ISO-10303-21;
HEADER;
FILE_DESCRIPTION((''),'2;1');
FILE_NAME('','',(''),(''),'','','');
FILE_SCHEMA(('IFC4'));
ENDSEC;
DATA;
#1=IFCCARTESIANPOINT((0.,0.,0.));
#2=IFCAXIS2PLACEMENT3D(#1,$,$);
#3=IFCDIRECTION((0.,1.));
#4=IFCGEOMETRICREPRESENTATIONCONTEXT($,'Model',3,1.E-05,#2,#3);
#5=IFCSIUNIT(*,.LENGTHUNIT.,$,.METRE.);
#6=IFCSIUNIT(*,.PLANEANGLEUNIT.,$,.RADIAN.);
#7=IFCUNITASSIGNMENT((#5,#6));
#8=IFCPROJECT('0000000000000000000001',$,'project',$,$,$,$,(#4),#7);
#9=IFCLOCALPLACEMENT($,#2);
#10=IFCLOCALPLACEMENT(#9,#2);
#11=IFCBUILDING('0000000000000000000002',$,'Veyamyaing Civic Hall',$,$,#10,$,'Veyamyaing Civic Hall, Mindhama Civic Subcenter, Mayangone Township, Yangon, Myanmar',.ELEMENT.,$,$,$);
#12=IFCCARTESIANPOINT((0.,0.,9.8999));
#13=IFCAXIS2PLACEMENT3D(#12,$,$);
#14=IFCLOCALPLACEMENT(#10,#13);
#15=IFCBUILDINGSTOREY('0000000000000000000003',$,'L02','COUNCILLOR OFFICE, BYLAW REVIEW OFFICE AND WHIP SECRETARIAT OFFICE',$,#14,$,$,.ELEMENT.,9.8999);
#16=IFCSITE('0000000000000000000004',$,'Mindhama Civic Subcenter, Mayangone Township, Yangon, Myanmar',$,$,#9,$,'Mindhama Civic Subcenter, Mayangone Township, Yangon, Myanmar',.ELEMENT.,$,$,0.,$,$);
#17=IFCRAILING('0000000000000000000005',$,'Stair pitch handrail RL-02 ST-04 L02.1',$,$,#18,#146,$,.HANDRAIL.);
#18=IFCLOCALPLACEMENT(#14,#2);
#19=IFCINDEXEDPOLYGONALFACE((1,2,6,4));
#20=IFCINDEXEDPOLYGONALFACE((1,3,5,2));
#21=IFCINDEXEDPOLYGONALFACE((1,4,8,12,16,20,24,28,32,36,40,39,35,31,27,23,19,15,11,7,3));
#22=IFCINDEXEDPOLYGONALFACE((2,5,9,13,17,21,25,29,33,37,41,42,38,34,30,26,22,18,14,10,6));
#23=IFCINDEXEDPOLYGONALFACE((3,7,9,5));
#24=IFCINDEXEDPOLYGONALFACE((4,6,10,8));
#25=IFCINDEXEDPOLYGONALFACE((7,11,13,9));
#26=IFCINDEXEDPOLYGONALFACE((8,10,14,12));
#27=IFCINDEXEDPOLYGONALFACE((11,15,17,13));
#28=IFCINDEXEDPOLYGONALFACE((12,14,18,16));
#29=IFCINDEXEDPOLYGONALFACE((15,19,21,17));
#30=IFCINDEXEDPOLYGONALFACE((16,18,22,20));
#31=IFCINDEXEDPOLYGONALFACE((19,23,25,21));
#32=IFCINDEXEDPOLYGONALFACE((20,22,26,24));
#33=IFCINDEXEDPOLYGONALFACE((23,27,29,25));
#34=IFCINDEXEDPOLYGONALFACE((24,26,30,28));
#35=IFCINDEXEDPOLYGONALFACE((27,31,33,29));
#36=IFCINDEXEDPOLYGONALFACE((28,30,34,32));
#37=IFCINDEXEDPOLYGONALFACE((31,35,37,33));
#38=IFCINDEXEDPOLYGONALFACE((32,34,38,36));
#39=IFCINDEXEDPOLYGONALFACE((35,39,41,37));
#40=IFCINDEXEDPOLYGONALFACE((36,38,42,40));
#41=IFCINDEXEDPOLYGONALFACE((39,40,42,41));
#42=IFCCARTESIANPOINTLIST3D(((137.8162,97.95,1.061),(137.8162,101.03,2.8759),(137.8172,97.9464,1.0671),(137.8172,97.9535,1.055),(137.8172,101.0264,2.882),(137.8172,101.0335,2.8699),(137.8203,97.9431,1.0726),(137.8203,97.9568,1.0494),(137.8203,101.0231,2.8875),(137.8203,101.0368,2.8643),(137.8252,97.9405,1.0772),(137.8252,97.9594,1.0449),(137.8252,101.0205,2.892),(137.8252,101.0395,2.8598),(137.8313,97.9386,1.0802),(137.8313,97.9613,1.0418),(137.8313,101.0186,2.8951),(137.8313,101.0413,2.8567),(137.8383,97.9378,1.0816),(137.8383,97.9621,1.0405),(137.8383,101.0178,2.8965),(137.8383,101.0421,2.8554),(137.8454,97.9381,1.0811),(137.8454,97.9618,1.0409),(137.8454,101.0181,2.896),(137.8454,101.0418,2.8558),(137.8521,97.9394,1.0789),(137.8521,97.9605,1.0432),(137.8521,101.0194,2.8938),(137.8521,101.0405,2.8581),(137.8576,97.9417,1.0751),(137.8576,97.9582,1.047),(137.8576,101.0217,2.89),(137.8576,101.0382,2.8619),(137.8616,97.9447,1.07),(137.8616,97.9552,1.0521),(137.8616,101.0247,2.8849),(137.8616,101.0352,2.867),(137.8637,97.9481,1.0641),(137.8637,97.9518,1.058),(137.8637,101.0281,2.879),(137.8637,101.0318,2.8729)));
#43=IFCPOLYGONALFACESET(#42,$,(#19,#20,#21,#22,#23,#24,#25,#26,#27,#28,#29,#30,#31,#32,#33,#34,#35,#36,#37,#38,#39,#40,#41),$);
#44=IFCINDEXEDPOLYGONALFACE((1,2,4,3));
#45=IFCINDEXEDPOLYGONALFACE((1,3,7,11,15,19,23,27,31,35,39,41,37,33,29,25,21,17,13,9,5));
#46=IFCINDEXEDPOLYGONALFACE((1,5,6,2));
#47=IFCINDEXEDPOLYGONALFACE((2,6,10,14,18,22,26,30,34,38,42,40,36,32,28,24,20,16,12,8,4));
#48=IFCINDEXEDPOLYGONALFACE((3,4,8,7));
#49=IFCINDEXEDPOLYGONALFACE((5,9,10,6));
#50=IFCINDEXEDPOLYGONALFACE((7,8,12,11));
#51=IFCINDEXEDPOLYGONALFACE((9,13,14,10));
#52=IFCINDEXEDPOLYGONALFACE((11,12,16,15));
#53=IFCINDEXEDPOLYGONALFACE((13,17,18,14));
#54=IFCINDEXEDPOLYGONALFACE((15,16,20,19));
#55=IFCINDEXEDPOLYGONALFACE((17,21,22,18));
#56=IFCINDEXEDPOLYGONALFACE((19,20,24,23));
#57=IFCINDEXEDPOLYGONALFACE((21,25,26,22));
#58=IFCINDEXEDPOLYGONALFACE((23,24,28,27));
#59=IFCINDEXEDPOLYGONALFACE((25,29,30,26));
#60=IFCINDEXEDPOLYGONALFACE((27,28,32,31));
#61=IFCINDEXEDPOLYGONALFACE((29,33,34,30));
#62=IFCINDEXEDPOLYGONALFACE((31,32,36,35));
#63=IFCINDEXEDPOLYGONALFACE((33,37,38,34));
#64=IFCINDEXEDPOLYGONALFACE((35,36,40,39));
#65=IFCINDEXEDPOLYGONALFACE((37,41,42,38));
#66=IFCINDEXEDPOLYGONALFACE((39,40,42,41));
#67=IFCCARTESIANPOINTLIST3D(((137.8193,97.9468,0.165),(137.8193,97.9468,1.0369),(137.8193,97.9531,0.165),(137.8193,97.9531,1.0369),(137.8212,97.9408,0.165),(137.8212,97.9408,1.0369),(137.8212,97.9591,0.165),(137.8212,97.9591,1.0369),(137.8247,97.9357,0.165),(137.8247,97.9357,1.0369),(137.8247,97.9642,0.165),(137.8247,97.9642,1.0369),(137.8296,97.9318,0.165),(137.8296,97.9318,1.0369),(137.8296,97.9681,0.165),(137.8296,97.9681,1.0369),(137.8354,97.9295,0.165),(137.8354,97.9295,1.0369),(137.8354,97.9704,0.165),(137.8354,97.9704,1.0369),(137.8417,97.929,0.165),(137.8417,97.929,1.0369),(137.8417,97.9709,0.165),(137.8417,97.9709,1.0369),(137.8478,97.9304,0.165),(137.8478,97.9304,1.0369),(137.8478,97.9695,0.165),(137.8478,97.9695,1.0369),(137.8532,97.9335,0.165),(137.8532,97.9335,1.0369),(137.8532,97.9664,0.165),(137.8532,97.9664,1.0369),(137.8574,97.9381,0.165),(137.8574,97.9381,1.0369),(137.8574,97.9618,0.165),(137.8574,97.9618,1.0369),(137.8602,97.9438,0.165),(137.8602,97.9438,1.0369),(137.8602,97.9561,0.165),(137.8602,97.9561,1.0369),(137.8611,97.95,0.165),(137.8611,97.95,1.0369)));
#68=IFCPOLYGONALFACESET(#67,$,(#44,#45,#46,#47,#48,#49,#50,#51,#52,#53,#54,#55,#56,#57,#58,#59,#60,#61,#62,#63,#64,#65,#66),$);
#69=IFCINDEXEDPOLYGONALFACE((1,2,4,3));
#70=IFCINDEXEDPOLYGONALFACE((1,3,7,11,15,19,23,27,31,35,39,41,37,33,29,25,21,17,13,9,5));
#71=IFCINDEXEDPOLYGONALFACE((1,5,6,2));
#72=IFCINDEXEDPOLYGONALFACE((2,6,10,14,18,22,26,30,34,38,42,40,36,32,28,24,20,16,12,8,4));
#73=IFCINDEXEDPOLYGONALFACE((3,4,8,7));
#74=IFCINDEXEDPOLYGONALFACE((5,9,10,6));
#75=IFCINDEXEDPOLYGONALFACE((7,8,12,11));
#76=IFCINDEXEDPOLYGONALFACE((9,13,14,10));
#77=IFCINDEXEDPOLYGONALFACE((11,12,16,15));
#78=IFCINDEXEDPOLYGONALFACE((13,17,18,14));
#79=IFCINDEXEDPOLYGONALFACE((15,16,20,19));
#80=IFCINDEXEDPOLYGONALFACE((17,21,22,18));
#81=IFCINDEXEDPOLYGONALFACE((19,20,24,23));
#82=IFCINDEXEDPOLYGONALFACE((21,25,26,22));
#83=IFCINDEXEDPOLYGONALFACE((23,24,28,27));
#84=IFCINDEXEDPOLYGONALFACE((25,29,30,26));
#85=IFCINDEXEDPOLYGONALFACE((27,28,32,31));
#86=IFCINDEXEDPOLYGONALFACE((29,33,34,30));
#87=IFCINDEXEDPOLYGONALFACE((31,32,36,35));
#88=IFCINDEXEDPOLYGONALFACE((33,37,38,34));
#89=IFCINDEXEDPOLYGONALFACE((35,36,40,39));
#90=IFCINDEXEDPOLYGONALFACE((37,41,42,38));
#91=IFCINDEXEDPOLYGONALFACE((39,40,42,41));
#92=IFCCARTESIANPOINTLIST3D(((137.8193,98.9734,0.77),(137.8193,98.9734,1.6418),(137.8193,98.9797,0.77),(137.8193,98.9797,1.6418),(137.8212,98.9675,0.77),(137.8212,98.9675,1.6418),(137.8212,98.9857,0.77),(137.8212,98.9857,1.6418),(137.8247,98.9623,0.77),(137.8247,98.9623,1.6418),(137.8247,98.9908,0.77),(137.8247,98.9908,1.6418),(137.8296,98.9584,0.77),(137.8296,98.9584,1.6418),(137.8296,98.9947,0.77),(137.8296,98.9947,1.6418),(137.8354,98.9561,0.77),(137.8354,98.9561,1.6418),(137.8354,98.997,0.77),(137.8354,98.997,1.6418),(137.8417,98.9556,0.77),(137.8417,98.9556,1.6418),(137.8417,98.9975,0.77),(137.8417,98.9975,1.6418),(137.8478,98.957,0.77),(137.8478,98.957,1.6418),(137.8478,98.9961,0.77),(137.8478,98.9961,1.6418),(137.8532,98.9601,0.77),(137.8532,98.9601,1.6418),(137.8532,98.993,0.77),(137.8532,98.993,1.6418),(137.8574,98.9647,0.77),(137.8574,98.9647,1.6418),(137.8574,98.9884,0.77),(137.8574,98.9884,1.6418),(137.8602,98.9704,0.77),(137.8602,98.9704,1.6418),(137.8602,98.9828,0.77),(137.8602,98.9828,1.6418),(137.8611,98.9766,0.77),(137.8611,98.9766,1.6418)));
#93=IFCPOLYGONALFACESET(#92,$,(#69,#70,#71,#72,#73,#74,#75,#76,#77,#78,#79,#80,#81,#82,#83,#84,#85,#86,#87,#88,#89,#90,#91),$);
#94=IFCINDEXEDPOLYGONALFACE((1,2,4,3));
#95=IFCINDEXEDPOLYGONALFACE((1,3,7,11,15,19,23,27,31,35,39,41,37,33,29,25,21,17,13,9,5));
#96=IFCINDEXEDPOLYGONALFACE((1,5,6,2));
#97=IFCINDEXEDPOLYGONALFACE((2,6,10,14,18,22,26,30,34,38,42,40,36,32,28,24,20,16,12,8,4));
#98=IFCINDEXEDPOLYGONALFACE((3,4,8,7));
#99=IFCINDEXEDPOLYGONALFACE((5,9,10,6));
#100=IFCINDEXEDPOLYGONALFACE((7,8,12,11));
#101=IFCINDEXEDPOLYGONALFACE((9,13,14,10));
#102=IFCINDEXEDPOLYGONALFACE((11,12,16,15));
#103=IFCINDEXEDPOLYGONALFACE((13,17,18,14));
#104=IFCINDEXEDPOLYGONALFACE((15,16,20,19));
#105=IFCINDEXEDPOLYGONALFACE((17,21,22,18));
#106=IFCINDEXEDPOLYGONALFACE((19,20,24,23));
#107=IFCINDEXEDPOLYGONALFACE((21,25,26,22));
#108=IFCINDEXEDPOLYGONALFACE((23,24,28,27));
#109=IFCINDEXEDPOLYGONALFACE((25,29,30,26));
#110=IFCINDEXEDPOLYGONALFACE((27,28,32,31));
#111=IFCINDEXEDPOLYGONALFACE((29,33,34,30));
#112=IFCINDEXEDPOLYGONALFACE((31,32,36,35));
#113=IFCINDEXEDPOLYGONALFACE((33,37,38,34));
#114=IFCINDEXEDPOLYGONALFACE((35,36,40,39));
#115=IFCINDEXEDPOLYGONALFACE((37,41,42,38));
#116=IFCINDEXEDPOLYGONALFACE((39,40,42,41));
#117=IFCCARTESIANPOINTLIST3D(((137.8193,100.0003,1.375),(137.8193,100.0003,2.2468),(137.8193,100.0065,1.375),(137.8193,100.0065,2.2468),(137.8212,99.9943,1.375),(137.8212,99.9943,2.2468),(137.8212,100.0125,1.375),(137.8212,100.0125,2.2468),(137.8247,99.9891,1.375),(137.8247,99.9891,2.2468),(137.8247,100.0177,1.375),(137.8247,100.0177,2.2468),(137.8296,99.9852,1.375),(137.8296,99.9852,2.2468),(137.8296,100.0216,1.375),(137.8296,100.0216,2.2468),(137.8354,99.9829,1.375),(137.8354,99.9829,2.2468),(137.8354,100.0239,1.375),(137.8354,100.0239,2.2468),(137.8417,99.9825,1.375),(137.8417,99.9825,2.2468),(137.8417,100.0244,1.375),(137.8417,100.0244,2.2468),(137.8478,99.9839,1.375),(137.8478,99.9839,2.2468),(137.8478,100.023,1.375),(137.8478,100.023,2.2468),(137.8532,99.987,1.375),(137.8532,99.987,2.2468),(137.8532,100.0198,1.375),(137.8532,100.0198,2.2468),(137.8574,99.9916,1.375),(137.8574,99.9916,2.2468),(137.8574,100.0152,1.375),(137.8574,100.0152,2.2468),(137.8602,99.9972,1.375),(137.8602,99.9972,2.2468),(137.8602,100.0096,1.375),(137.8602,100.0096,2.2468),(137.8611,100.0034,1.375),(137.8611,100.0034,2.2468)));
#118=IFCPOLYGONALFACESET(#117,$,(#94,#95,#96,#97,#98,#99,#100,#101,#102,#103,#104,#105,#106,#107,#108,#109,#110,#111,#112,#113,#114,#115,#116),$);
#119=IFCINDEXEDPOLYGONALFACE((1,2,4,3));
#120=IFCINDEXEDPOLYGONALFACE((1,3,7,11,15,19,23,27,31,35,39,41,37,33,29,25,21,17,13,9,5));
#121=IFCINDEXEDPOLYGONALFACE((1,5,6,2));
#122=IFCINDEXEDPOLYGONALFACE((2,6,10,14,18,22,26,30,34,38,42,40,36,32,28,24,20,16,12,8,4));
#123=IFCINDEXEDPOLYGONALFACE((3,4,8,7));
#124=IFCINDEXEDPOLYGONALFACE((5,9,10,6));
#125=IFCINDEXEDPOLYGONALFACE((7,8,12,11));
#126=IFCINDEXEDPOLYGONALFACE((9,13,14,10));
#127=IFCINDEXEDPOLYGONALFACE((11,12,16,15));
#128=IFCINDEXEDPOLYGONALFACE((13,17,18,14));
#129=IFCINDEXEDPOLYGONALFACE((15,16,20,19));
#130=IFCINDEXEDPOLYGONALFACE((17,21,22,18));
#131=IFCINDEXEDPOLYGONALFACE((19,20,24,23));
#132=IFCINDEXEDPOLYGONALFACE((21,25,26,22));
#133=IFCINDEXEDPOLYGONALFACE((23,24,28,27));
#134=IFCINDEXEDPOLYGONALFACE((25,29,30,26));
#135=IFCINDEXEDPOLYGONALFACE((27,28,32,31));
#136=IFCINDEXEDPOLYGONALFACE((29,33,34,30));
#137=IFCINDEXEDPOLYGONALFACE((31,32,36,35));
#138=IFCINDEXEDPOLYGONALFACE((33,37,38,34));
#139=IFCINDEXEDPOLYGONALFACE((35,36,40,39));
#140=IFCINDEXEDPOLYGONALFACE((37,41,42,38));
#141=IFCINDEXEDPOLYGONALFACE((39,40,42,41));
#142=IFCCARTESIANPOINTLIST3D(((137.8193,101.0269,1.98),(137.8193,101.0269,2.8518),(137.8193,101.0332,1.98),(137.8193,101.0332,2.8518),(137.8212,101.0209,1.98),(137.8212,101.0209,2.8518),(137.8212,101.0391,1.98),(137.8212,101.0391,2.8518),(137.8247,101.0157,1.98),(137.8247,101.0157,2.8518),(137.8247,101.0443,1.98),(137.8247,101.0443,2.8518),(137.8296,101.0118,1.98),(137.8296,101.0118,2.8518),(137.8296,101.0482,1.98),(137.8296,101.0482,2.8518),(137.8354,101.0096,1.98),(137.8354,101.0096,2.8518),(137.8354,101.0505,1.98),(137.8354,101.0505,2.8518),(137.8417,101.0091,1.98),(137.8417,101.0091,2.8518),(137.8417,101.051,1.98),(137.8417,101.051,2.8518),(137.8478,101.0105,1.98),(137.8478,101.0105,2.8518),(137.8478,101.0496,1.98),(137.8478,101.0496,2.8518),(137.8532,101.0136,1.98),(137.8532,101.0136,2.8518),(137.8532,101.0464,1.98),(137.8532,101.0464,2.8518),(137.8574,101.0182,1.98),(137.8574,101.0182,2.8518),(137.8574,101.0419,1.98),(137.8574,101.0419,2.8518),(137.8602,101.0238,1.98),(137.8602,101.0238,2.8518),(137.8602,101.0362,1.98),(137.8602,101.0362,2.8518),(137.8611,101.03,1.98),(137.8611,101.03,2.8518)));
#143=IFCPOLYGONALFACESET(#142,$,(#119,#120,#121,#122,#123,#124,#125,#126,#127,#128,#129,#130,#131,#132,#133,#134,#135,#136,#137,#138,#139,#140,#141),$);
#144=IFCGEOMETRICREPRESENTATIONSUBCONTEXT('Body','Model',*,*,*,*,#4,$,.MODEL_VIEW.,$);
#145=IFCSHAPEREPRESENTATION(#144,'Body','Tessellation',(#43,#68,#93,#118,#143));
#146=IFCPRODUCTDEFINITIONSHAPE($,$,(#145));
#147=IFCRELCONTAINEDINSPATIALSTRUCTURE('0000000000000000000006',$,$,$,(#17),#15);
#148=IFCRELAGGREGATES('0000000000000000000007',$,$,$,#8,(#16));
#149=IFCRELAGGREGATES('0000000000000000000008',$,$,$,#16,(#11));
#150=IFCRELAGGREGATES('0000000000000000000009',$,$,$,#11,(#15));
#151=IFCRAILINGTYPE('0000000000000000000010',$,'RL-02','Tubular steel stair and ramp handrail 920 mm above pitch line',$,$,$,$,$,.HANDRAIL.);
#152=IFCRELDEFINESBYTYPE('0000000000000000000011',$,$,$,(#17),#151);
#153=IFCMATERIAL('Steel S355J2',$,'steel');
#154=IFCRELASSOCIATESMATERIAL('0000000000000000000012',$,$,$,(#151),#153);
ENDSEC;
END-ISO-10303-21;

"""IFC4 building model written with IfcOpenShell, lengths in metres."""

from ifc_helpers import new_model, si_unit, direction, frame, origin, origin_2d, place, context, subcontext, project, spatial, circle, extrude, material, type_object, element, save


model = new_model("IFC4")

# Units and contexts
model_context = context("Model", 3, precision=1e-05, world=origin(), true_north=direction((0.0, 1.0)))
body_context = subcontext(model_context, "Body", "Model", "MODEL_VIEW")
ifc_project = project(units=[si_unit("LENGTHUNIT", "METRE"), si_unit("PLANEANGLEUNIT", "RADIAN")], contexts=[model_context])

# Site, building, storey
site_placement = place(None, origin())
site = spatial("IfcSite", under=ifc_project, at=site_placement, Name="Mindhama Civic Subcenter, Mayangone Township, Yangon, Myanmar", LongName="Mindhama Civic Subcenter, Mayangone Township, Yangon, Myanmar", CompositionType="ELEMENT", RefElevation=0.0)
building_placement = place(site_placement, origin())
building = spatial("IfcBuilding", under=site, at=building_placement, Name="Veyamyaing Civic Hall", LongName="Veyamyaing Civic Hall, Mindhama Civic Subcenter, Mayangone Township, Yangon, Myanmar", CompositionType="ELEMENT")
storey_placement = place(building_placement, frame((0.0, 0.0, 9.8999)))
storey = spatial("IfcBuildingStorey", under=building, at=storey_placement, Name="L02", Description="COUNCILLOR OFFICE, BYLAW REVIEW OFFICE AND WHIP SECRETARIAT OFFICE", CompositionType="ELEMENT", Elevation=9.8999)

# Railing
ifc_material_1 = material(Name="Steel S355J2", Category="steel")
railing_type_1 = type_object("IfcRailingType", Name="RL-02", Description="Tubular steel stair and ramp handrail 920 mm above pitch line", PredefinedType="HANDRAIL", material=ifc_material_1)
railing_1_placement = place(storey_placement, frame((137.8401, 97.95, 0.165)))
element("IfcRailing", 1, at=railing_1_placement, inside=storey, type_object=railing_type_1, Name="Stair pitch handrail RL-02 ST-04 L02.1", PredefinedType="HANDRAIL", context=body_context, shape_type="SweptSolid", body=[
    extrude(circle(Radius=0.0239, at=origin_2d()), frame((0.0, 0.0, 0.896), z_axis=(0.0, 0.861551, 0.507671), x_axis=(-1.0, 0.0, 0.0)), (0.0, 0.0, 1.0), 3.575),
    extrude(circle(Radius=0.021, at=origin_2d()), origin(), (0.0, 0.0, 1.0), 0.8718),
    extrude(circle(Radius=0.021, at=origin_2d()), frame((0.0, 1.0266, 0.605)), (0.0, 0.0, 1.0), 0.8718),
    extrude(circle(Radius=0.021, at=origin_2d()), frame((0.0, 2.0535, 1.21)), (0.0, 0.0, 1.0), 0.8718),
    extrude(circle(Radius=0.021, at=origin_2d()), frame((0.0, 3.0801, 1.8149)), (0.0, 0.0, 1.0), 0.8718),
])

save(model, "model.ifc")
